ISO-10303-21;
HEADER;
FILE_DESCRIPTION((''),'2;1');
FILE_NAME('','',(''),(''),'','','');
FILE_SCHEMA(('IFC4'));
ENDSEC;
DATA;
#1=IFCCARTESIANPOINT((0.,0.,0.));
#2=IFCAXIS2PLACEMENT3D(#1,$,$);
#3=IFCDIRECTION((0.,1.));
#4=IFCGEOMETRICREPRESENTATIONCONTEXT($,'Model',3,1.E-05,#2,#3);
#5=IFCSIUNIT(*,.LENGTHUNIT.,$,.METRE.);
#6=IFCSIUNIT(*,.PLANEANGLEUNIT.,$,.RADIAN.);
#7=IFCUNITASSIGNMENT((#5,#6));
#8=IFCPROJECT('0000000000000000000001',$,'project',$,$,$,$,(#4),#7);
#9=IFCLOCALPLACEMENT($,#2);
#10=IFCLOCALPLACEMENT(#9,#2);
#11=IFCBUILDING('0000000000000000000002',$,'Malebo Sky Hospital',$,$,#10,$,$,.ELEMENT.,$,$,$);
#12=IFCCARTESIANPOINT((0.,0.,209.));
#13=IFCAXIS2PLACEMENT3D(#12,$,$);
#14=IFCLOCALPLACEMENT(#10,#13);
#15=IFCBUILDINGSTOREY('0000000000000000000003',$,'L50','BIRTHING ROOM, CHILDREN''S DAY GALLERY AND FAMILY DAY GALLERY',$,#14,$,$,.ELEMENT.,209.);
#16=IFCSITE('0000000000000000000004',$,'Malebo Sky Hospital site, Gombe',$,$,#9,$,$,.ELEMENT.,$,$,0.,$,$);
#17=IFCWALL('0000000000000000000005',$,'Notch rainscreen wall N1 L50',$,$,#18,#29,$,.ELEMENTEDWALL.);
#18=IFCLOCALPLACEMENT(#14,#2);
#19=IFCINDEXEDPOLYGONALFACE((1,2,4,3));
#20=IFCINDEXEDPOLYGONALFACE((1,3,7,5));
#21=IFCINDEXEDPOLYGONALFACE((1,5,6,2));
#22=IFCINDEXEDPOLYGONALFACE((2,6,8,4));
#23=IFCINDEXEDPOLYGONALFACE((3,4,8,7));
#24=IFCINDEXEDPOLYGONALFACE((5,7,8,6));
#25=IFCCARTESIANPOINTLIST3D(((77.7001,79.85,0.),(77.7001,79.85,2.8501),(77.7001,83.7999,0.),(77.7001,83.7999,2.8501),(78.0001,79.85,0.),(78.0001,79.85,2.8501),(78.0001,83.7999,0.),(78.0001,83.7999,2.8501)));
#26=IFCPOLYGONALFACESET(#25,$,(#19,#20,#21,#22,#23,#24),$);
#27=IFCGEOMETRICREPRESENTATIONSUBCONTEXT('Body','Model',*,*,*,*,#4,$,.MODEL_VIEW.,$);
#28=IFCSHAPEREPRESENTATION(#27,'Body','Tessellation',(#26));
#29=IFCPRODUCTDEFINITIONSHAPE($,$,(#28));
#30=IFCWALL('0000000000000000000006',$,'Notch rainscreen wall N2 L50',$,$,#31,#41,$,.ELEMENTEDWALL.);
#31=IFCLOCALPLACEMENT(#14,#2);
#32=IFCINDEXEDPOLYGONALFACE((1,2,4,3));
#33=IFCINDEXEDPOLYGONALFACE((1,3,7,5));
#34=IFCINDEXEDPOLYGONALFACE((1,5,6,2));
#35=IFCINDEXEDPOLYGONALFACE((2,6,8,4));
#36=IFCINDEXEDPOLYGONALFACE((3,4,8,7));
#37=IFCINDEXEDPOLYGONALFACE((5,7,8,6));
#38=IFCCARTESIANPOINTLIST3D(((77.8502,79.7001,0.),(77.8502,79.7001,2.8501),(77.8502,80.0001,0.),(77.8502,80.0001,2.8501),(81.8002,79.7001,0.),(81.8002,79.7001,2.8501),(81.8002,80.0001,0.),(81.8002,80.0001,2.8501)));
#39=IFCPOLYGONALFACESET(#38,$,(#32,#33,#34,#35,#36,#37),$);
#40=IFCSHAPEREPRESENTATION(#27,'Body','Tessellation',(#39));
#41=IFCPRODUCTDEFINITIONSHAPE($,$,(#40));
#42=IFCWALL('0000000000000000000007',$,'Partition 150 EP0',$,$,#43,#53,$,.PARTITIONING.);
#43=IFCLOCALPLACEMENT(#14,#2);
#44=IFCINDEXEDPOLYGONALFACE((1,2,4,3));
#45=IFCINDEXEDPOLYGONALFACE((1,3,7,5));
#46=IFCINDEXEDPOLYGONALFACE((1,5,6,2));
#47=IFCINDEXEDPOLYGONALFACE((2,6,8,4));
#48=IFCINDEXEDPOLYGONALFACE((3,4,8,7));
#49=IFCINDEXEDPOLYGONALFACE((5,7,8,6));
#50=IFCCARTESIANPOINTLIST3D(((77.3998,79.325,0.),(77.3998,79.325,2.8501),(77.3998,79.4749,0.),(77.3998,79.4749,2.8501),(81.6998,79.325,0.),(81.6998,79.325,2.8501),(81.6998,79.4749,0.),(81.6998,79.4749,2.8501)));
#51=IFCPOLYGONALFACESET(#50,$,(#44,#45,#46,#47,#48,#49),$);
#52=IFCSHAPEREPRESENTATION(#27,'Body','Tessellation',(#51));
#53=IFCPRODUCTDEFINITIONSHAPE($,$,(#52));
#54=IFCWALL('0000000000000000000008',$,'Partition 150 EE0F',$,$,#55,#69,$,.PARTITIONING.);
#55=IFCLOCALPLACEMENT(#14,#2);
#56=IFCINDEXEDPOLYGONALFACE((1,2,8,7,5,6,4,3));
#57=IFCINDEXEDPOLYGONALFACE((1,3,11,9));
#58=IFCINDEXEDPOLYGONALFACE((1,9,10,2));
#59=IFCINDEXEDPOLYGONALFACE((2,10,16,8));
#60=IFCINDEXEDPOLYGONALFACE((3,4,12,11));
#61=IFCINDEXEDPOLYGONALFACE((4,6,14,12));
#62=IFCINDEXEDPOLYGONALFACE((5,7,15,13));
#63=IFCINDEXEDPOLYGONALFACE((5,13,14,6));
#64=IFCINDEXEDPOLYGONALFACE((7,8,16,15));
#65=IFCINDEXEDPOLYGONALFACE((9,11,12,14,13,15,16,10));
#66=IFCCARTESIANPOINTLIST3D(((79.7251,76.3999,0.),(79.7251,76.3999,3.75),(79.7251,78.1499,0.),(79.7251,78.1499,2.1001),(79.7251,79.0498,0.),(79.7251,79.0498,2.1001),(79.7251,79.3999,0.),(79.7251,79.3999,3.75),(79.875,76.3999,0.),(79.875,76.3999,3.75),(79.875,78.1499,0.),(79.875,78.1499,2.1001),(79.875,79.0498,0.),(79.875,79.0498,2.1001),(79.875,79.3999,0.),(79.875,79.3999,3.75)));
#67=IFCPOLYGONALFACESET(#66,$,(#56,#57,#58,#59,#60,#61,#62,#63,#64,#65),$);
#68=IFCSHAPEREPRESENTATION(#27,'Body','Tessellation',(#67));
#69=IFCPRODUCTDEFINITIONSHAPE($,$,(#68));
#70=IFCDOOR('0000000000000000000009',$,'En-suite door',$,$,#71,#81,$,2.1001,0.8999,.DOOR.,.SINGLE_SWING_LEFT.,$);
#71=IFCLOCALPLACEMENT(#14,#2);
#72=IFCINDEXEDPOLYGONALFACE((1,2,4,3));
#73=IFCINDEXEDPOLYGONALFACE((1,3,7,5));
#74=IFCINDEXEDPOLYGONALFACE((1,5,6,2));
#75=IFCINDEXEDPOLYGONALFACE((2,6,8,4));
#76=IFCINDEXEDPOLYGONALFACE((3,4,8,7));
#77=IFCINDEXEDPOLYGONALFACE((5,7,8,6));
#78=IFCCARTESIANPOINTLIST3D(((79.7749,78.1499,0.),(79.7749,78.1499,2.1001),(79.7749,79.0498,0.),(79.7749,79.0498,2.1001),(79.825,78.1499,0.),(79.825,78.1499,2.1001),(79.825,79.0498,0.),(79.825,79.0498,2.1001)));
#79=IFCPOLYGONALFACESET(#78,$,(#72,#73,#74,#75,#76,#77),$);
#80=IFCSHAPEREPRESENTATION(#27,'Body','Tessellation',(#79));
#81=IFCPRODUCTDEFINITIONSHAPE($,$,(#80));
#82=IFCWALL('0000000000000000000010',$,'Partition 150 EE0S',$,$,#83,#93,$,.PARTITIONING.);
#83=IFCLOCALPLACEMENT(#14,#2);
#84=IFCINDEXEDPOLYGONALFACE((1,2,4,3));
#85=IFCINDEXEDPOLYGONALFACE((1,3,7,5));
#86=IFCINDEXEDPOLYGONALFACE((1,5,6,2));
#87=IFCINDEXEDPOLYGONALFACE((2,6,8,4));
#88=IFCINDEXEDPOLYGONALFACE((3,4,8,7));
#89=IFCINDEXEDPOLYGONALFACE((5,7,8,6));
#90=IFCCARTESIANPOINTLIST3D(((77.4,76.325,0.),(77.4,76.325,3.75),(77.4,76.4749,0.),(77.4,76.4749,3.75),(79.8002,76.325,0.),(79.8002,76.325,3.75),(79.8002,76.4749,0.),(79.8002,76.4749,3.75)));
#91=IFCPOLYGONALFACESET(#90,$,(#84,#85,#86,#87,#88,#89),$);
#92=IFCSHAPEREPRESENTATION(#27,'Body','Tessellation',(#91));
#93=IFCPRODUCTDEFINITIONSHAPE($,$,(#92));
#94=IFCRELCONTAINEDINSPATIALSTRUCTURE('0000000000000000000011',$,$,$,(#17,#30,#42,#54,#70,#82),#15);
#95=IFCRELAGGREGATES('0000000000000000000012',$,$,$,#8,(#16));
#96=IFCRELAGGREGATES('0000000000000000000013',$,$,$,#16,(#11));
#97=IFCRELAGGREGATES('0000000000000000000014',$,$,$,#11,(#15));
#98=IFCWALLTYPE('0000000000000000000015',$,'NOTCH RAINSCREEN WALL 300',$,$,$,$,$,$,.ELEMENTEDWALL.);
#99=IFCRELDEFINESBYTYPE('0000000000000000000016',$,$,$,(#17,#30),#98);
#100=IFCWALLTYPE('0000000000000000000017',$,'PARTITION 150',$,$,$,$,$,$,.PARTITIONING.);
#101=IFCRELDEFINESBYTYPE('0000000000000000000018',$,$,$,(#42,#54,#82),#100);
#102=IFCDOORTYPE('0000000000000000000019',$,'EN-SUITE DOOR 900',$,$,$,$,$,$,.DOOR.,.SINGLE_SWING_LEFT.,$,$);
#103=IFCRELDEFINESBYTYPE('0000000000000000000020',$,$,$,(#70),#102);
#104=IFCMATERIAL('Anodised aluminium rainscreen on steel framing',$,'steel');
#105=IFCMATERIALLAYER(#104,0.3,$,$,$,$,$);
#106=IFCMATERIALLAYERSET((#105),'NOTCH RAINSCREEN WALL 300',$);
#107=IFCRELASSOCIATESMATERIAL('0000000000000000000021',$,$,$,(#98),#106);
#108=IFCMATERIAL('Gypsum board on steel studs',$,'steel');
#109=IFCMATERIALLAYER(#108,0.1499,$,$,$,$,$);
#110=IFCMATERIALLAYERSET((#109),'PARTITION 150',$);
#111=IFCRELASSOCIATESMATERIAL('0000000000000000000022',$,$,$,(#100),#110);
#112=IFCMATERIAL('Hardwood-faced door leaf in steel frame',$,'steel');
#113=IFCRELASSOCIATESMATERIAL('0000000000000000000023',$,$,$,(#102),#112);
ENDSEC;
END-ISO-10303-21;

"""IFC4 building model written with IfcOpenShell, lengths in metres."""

from ifc_helpers import new_model, si_unit, direction, frame, frame_2d, origin, place, context, subcontext, project, spatial, rectangle, extrude, material, layer, layer_set, type_object, element, fill, save


model = new_model("IFC4")

# Units and contexts
model_context = context("Model", 3, precision=1e-05, world=origin(), true_north=direction((0.0, 1.0)))
body_context = subcontext(model_context, "Body", "Model", "MODEL_VIEW")
ifc_project = project(units=[si_unit("LENGTHUNIT", "METRE"), si_unit("PLANEANGLEUNIT", "RADIAN")], contexts=[model_context])

# Site, building, storey
site_placement = place(None, origin())
site = spatial("IfcSite", under=ifc_project, at=site_placement, Name="Malebo Sky Hospital site, Gombe", CompositionType="ELEMENT", RefElevation=0.0)
building_placement = place(site_placement, origin())
building = spatial("IfcBuilding", under=site, at=building_placement, Name="Malebo Sky Hospital", CompositionType="ELEMENT")
storey_placement = place(building_placement, frame((0.0, 0.0, 209.0)))
storey = spatial("IfcBuildingStorey", under=building, at=storey_placement, Name="L50", Description="BIRTHING ROOM, CHILDREN'S DAY GALLERY AND FAMILY DAY GALLERY", CompositionType="ELEMENT", Elevation=209.0)

# Shared definitions
ifc_material_1 = material(Name="Gypsum board on steel studs", Category="steel")
ifc_material_2 = material(Name="Hardwood-faced door leaf in steel frame", Category="steel")

# Walls
ifc_material_3 = material(Name="Anodised aluminium rainscreen on steel framing", Category="steel")
ifc_layer_1 = layer(ifc_material_3, 0.3)
ifc_layer_set_1 = layer_set([ifc_layer_1], Name="NOTCH RAINSCREEN WALL 300")
wall_type_1 = type_object("IfcWallType", Name="NOTCH RAINSCREEN WALL 300", PredefinedType="ELEMENTEDWALL", material=ifc_layer_set_1)
for number, where, z_axis, x_axis, name in (
    (1, (77.8501, 83.8, 0.0), (0.0, 0.0, 1.0), (0.0, -1.0, 0.0), "Notch rainscreen wall N1 L50"),
    (2, (77.8501, 79.8501, 0.0), (0.0, 0.0, 1.0), (1.0, 0.0, 0.0), "Notch rainscreen wall N2 L50"),
):
    element("IfcWall", number, at=place(storey_placement, frame(where, z_axis=z_axis, x_axis=x_axis)), inside=storey, type_object=wall_type_1, Name=name, PredefinedType="ELEMENTEDWALL", context=body_context, shape_type="SweptSolid", body=[
        extrude(rectangle(XDim=3.95, YDim=0.3, at=frame_2d((1.9751, 0.0))), origin(), (0.0, 0.0, 1.0), 2.8501),
    ])
ifc_layer_2 = layer(ifc_material_1, 0.1499)
ifc_layer_set_2 = layer_set([ifc_layer_2], Name="PARTITION 150")
wall_type_2 = type_object("IfcWallType", Name="PARTITION 150", PredefinedType="PARTITIONING", material=ifc_layer_set_2)
wall_1_placement = place(storey_placement, frame((77.3999, 79.3999, 0.0), z_axis=(0.0, 0.0, 1.0), x_axis=(1.0, 0.0, 0.0)))
element("IfcWall", 3, at=wall_1_placement, inside=storey, type_object=wall_type_2, Name="Partition 150 EP0", PredefinedType="PARTITIONING", context=body_context, shape_type="SweptSolid", body=[
    extrude(rectangle(XDim=4.3, YDim=0.1499, at=frame_2d((2.1499, 0.0))), origin(), (0.0, 0.0, 1.0), 2.8501),
])

# Wall, opening, door
wall_2_placement = place(storey_placement, frame((79.8, 79.3999, 0.0), z_axis=(0.0, 0.0, 1.0), x_axis=(0.0, -1.0, 0.0)))
wall_2 = element("IfcWall", 4, at=wall_2_placement, inside=storey, type_object=wall_type_2, Name="Partition 150 EE0F", PredefinedType="PARTITIONING", context=body_context, shape_type="SweptSolid", body=[
    extrude(rectangle(XDim=3.0, YDim=0.1499, at=frame_2d((1.5, 0.0))), origin(), (0.0, 0.0, 1.0), 3.75),
])
opening_1_placement = place(wall_2_placement, frame((0.3501, 0.0, 0.0)))
opening_1 = element("IfcOpeningElement", 5, at=opening_1_placement, cuts=wall_2, PredefinedType="OPENING", context=body_context, shape_type="SweptSolid", body=[
    extrude(rectangle(XDim=0.8999, YDim=2.1001, at=frame_2d((0.45, 1.05))), frame((0.0, 0.085, 0.0), z_axis=(0.0, -1.0, 0.0), x_axis=(1.0, 0.0, 0.0)), (0.0, 0.0, 1.0), 0.1699),
])
door_type_1 = type_object("IfcDoorType", Name="EN-SUITE DOOR 900", OperationType="SINGLE_SWING_LEFT", PredefinedType="DOOR", material=ifc_material_2)
door_1_placement = place(opening_1_placement, origin())
door_1 = element("IfcDoor", 6, at=door_1_placement, inside=storey, type_object=door_type_1, Name="En-suite door", OperationType="SINGLE_SWING_LEFT", OverallHeight=2.1001, OverallWidth=0.8999, PredefinedType="DOOR", context=body_context, shape_type="SweptSolid", body=[
    extrude(rectangle(XDim=0.8999, YDim=2.1001, at=frame_2d((0.45, 1.05))), frame((0.0, 0.0249, 0.0), z_axis=(0.0, -1.0, 0.0), x_axis=(1.0, 0.0, 0.0)), (0.0, 0.0, 1.0), 0.05),
])
fill(opening_1, door_1)

# Wall
wall_3_placement = place(storey_placement, frame((77.3999, 76.3999, 0.0), z_axis=(0.0, 0.0, 1.0), x_axis=(1.0, 0.0, 0.0)))
element("IfcWall", 7, at=wall_3_placement, inside=storey, type_object=wall_type_2, Name="Partition 150 EE0S", PredefinedType="PARTITIONING", context=body_context, shape_type="SweptSolid", body=[
    extrude(rectangle(XDim=2.4001, YDim=0.1499, at=frame_2d((1.2002, 0.0))), origin(), (0.0, 0.0, 1.0), 3.75),
])

save(model, "model.ifc")
